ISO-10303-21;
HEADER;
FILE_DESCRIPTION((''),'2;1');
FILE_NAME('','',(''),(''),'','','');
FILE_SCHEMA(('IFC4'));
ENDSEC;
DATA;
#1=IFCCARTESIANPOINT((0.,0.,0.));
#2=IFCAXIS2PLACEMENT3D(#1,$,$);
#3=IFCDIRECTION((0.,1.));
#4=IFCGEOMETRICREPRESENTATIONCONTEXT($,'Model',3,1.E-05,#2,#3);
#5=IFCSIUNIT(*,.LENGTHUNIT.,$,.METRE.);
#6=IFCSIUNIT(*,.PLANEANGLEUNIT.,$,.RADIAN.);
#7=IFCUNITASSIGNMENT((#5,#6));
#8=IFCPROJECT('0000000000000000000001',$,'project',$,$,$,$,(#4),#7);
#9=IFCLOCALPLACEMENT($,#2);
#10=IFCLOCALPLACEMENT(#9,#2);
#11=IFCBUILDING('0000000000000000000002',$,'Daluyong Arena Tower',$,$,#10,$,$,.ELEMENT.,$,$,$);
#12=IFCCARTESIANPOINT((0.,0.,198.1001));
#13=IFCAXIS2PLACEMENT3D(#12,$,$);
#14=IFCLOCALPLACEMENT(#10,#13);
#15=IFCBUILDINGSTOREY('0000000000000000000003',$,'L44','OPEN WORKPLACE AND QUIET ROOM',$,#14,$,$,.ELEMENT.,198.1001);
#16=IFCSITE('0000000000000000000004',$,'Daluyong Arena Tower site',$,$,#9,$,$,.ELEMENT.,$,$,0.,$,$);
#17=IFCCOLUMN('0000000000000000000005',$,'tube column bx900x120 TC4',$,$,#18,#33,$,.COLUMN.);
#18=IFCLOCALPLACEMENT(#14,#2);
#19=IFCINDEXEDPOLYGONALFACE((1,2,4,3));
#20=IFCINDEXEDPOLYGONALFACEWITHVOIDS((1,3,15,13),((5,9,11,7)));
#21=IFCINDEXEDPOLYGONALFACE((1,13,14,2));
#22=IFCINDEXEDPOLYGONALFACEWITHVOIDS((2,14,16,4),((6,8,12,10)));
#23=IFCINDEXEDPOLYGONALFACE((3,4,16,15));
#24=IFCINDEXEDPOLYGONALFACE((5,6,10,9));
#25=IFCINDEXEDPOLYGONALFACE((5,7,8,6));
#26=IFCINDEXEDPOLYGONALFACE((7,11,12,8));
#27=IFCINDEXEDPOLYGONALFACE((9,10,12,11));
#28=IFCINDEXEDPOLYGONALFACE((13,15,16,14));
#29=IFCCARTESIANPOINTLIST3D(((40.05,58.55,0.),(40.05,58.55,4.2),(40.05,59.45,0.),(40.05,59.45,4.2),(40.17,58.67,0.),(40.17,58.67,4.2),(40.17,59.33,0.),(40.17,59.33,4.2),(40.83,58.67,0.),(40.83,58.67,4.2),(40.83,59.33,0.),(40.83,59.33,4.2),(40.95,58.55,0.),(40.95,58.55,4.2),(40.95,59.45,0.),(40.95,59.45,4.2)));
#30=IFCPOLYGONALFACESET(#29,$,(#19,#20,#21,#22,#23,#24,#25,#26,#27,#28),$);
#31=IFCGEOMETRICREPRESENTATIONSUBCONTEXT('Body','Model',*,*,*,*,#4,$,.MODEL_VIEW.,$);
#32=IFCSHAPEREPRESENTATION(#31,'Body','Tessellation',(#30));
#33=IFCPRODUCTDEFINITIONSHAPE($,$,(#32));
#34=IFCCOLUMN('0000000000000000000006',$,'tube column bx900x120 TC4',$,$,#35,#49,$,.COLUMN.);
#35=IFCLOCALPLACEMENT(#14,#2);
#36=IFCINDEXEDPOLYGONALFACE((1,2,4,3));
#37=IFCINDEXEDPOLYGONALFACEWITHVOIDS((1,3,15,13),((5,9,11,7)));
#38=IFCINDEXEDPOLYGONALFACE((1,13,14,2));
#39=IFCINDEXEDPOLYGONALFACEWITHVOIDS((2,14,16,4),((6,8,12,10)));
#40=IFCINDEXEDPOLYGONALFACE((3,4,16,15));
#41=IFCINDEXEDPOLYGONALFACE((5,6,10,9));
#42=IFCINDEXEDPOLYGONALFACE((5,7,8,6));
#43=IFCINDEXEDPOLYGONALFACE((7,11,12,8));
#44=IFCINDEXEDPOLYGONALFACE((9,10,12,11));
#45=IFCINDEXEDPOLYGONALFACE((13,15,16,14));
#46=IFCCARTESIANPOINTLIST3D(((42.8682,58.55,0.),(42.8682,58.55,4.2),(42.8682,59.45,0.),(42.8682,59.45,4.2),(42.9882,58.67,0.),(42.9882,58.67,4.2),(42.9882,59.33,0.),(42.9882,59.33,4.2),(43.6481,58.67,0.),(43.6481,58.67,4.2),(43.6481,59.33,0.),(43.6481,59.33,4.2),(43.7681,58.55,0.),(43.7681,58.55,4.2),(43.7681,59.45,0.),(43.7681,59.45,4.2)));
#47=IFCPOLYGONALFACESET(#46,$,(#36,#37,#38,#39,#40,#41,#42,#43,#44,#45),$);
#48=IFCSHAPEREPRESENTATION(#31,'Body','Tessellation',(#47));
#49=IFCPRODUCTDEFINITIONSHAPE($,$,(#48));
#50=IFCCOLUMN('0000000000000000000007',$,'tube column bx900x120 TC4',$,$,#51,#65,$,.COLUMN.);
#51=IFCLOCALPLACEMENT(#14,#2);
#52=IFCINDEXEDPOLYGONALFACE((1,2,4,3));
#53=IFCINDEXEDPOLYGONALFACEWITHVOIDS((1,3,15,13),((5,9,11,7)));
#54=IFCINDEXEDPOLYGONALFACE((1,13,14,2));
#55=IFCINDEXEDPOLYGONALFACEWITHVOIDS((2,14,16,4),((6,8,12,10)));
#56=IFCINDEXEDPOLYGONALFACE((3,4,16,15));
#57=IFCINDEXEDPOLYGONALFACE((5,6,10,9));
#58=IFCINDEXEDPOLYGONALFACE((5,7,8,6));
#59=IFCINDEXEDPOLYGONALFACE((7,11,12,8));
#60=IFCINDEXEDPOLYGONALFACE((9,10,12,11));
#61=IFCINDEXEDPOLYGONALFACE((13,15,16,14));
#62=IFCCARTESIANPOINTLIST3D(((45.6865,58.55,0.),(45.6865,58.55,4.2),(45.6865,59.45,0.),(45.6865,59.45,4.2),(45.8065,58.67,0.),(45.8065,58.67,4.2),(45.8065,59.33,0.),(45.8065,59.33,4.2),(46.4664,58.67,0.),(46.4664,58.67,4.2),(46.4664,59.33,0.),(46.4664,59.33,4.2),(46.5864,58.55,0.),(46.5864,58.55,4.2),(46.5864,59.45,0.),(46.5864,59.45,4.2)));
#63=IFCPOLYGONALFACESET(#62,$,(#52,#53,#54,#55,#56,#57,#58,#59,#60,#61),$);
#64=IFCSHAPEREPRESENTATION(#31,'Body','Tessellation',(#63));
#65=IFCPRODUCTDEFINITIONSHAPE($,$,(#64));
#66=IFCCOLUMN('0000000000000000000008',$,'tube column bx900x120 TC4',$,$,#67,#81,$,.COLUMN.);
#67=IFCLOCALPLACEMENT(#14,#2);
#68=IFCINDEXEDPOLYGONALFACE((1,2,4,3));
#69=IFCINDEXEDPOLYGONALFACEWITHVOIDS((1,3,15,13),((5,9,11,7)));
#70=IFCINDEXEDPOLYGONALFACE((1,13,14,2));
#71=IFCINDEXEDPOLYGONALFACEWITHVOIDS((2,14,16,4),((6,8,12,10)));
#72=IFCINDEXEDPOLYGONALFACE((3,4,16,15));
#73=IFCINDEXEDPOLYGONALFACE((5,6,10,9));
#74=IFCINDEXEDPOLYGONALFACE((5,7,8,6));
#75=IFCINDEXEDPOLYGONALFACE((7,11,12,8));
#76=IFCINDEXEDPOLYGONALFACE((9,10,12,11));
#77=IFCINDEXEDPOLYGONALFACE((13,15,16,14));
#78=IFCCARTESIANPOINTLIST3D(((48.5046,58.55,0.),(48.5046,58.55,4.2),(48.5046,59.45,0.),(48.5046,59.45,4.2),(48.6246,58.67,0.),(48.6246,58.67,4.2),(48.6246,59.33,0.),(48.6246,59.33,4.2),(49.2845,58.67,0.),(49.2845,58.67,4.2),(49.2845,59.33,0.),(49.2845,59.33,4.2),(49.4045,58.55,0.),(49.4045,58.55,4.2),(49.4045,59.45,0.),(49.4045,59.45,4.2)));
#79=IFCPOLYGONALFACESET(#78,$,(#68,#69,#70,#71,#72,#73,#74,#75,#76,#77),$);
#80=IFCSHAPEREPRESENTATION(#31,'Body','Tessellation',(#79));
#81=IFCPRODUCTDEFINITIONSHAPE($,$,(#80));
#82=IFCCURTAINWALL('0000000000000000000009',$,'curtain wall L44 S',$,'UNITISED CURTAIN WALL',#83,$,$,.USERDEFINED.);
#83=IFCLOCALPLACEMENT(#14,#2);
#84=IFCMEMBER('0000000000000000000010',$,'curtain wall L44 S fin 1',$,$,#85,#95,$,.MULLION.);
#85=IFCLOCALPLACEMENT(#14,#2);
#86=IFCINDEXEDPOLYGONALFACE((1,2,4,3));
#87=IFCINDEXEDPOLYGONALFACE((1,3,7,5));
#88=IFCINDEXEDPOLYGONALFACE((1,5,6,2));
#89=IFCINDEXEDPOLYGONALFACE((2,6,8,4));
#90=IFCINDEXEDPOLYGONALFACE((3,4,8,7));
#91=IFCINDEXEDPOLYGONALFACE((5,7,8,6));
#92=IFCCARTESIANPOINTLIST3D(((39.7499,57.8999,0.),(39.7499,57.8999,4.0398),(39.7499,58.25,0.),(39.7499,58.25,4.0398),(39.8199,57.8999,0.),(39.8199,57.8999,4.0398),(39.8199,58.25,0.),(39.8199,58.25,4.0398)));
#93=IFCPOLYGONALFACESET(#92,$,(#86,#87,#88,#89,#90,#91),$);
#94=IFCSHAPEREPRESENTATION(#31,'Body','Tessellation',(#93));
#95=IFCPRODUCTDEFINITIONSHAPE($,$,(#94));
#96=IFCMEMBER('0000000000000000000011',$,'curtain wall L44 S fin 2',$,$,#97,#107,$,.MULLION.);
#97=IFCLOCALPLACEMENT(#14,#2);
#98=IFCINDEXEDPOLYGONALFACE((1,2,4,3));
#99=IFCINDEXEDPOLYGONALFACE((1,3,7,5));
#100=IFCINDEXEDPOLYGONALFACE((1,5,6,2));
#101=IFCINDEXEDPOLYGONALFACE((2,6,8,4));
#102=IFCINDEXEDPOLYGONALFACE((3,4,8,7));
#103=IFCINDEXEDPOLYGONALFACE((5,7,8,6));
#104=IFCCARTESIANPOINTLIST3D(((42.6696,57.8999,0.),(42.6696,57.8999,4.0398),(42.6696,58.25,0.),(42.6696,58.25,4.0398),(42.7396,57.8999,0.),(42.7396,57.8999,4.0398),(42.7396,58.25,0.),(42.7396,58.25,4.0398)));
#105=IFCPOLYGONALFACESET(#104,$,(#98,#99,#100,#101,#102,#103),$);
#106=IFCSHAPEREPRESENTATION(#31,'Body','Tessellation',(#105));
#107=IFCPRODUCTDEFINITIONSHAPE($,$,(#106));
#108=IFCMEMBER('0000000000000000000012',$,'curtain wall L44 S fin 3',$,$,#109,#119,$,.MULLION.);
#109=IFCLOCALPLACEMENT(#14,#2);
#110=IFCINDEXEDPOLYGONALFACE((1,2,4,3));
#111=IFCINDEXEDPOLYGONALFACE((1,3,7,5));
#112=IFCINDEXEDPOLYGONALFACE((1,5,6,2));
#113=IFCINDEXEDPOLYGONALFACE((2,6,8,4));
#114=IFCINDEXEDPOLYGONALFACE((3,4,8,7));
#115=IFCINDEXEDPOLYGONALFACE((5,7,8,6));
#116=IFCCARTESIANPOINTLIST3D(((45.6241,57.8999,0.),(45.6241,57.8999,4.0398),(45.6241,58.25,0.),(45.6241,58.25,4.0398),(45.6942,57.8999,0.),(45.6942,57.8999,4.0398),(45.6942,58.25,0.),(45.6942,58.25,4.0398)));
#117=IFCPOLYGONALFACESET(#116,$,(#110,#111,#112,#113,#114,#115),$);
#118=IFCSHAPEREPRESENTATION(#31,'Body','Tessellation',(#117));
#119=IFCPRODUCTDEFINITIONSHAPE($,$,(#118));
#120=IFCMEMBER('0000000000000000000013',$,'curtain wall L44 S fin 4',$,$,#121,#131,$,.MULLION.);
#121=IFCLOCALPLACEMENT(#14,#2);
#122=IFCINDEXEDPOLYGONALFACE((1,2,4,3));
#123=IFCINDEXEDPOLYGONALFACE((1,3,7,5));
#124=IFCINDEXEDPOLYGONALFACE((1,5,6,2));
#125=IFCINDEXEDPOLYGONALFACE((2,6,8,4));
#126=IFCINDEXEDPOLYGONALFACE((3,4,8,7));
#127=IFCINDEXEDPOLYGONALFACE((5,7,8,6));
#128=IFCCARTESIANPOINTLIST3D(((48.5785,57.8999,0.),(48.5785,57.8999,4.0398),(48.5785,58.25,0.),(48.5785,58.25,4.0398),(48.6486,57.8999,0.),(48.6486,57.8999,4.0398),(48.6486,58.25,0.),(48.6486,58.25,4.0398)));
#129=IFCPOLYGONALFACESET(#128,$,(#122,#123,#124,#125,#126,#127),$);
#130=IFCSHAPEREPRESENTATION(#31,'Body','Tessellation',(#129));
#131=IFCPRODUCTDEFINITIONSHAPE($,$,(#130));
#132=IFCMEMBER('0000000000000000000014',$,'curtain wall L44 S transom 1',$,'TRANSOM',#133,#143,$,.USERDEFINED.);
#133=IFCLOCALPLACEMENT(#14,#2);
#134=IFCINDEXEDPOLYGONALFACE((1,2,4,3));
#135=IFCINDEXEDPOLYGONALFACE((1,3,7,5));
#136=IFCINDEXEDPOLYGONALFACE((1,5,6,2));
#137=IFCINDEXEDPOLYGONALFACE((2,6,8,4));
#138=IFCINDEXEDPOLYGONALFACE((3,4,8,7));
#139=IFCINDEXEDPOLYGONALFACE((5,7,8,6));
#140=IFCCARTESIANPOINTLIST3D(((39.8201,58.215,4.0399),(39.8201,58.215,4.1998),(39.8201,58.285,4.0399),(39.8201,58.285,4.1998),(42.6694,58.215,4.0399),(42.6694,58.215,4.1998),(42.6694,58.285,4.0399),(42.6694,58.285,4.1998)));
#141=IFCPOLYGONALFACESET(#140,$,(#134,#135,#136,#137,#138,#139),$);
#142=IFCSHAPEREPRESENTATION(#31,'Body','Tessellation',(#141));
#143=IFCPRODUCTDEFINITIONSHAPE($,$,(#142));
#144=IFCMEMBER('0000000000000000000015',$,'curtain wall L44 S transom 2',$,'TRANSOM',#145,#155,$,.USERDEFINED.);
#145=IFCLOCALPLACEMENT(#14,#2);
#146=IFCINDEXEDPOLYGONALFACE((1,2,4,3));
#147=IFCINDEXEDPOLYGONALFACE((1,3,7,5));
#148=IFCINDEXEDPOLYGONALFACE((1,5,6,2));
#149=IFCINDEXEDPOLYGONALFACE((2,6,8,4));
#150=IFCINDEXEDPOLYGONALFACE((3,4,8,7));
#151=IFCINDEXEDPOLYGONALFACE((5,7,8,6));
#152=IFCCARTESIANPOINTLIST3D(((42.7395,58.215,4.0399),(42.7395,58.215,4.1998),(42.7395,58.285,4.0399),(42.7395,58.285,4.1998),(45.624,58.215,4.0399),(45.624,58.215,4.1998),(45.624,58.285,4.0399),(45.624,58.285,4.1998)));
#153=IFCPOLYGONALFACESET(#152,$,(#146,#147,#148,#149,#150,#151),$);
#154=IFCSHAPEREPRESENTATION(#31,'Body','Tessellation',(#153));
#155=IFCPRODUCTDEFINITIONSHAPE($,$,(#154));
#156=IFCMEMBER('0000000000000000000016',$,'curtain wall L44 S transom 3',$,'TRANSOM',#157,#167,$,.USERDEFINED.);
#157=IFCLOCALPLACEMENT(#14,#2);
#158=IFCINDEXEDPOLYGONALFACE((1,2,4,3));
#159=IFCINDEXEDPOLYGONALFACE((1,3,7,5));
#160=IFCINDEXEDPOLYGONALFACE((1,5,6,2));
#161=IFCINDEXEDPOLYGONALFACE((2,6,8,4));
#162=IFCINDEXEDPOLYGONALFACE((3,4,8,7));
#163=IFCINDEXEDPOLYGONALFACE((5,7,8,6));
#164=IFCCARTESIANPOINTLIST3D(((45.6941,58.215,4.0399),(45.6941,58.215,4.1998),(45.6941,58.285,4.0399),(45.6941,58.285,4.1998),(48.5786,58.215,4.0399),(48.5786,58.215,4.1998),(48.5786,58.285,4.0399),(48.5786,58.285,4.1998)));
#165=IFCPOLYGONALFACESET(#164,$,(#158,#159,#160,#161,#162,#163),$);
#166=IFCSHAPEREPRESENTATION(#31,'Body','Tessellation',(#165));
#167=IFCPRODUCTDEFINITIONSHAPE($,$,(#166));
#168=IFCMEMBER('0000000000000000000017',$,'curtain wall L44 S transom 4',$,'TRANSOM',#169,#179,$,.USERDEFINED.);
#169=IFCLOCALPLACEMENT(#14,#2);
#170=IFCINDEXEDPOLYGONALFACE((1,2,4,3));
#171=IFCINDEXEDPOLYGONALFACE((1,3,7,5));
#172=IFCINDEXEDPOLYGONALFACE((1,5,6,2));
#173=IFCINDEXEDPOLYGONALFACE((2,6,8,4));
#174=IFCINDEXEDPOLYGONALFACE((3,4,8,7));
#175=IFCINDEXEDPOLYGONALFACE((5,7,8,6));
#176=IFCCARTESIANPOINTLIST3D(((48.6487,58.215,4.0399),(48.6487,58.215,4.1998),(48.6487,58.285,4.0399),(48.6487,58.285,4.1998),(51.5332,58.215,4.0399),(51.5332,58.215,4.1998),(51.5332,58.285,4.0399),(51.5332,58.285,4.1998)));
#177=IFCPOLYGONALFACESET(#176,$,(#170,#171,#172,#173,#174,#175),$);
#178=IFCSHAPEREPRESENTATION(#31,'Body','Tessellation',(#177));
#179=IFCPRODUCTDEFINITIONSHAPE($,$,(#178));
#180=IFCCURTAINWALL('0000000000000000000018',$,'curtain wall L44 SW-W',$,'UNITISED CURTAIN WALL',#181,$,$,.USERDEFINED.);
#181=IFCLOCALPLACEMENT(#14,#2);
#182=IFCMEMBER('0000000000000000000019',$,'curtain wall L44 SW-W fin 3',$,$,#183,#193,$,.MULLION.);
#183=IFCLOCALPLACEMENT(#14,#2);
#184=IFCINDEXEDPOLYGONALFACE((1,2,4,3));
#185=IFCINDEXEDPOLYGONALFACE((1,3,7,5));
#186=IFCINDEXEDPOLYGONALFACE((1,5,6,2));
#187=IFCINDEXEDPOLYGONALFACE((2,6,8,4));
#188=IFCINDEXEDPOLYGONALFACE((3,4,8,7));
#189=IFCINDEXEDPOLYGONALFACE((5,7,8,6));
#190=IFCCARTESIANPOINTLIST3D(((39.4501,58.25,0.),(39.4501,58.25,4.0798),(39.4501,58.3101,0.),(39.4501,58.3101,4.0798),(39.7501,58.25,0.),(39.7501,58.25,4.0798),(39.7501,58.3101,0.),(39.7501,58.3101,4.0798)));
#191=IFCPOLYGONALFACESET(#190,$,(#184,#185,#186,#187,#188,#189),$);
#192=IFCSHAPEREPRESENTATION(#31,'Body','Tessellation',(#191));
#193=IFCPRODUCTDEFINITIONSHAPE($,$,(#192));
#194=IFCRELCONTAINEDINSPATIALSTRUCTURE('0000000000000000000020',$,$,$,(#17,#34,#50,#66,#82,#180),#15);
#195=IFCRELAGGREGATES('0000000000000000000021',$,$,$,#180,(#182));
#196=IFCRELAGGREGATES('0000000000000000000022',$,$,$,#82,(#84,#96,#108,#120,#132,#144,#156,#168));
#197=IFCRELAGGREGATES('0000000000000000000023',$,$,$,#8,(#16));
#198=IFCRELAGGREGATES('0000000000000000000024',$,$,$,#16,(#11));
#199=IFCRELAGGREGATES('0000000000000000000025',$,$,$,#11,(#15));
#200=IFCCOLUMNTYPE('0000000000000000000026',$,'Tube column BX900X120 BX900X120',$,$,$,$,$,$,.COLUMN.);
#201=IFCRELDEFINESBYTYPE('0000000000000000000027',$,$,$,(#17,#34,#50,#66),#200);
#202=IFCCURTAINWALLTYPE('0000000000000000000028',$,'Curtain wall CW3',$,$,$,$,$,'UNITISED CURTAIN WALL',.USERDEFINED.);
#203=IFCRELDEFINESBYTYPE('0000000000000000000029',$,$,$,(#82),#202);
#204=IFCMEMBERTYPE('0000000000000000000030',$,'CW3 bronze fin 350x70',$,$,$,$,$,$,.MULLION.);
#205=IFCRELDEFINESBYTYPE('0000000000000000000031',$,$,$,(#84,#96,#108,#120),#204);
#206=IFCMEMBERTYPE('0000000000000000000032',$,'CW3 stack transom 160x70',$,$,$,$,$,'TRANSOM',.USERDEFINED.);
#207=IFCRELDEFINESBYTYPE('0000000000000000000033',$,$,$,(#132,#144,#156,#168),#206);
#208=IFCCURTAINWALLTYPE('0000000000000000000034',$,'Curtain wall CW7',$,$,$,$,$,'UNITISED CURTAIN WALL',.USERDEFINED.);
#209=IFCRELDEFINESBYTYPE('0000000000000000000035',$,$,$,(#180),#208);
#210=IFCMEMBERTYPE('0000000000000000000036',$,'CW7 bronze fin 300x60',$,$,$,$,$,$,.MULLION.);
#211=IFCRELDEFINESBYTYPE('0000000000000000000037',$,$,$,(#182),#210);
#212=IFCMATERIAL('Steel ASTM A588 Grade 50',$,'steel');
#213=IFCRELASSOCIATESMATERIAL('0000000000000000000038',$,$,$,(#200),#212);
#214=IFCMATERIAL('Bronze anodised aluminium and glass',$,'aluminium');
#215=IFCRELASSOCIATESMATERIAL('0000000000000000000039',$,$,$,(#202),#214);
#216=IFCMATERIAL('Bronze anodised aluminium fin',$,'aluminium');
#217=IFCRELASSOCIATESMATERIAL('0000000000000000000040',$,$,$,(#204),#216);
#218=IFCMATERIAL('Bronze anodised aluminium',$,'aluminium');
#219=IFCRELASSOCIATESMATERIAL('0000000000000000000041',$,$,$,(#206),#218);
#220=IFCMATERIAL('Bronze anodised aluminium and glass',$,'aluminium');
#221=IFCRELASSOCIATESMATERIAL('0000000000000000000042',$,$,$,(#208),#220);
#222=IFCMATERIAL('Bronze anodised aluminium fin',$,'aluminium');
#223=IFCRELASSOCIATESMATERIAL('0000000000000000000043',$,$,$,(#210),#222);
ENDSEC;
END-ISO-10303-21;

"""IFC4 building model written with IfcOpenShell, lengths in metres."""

from ifc_helpers import new_model, si_unit, direction, frame, origin, origin_2d, place, context, subcontext, project, spatial, rectangle, hollow_rectangle, extrude, material, material_profile, profile_set, type_object, element, aggregate, save


model = new_model("IFC4")

# Units and contexts
model_context = context("Model", 3, precision=1e-05, world=origin(), true_north=direction((0.0, 1.0)))
body_context = subcontext(model_context, "Body", "Model", "MODEL_VIEW")
ifc_project = project(units=[si_unit("LENGTHUNIT", "METRE"), si_unit("PLANEANGLEUNIT", "RADIAN")], contexts=[model_context])

# Site, building, storey
site_placement = place(None, origin())
site = spatial("IfcSite", under=ifc_project, at=site_placement, Name="Daluyong Arena Tower site", CompositionType="ELEMENT", RefElevation=0.0)
building_placement = place(site_placement, origin())
building = spatial("IfcBuilding", under=site, at=building_placement, Name="Daluyong Arena Tower", CompositionType="ELEMENT")
storey_placement = place(building_placement, frame((0.0, 0.0, 198.1001)))
storey = spatial("IfcBuildingStorey", under=building, at=storey_placement, Name="L44", Description="OPEN WORKPLACE AND QUIET ROOM", CompositionType="ELEMENT", Elevation=198.1001)

# Columns
ifc_material_1 = material(Name="Steel ASTM A588 Grade 50", Category="steel")
ifc_material_profile_1 = material_profile(ifc_material_1, hollow_rectangle(XDim=0.8999, YDim=0.8999, WallThickness=0.12, at=origin_2d()))
ifc_profile_set_1 = profile_set([ifc_material_profile_1], Name="Steel ASTM A588 Grade 50")
column_type = type_object("IfcColumnType", Name="Tube column BX900X120 BX900X120", PredefinedType="COLUMN", material=ifc_profile_set_1)
for number, where, z_axis, x_axis, name in (
    (1, (40.5, 59.0, 0.0), (0.0, 0.0, 1.0), (1.0, 0.0, 0.0), "tube column bx900x120 TC4"),
    (2, (43.3181, 59.0, 0.0), (0.0, 0.0, 1.0), (1.0, 0.0, 0.0), "tube column bx900x120 TC4"),
    (3, (46.1365, 59.0, 0.0), (0.0, 0.0, 1.0), (1.0, 0.0, 0.0), "tube column bx900x120 TC4"),
    (4, (48.9546, 59.0, 0.0), (0.0, 0.0, 1.0), (1.0, 0.0, 0.0), "tube column bx900x120 TC4"),
):
    element("IfcColumn", number, at=place(storey_placement, frame(where, z_axis=z_axis, x_axis=x_axis)), inside=storey, type_object=column_type, Name=name, PredefinedType="COLUMN", context=body_context, shape_type="SweptSolid", body=[
        extrude(hollow_rectangle(XDim=0.8999, YDim=0.8999, WallThickness=0.12, at=origin_2d()), origin(), (0.0, 0.0, 1.0), 4.2),
    ])

# Curtain wall, members
ifc_material_2 = material(Name="Bronze anodised aluminium and glass", Category="aluminium")
curtain_wall_type_1 = type_object("IfcCurtainWallType", Name="Curtain wall CW3", ElementType="UNITISED CURTAIN WALL", PredefinedType="USERDEFINED", material=ifc_material_2)
curtain_wall_1_placement = place(storey_placement, origin())
curtain_wall_1 = element("IfcCurtainWall", 5, at=curtain_wall_1_placement, inside=storey, type_object=curtain_wall_type_1, Name="curtain wall L44 S", ObjectType="UNITISED CURTAIN WALL", PredefinedType="USERDEFINED")
ifc_material_3 = material(Name="Bronze anodised aluminium fin", Category="aluminium")
ifc_material_profile_2 = material_profile(ifc_material_3, rectangle(XDim=0.3501, YDim=0.0701, at=origin_2d()))
ifc_profile_set_2 = profile_set([ifc_material_profile_2], Name="Bronze anodised aluminium fin")
member_type_1 = type_object("IfcMemberType", Name="CW3 bronze fin 350x70", PredefinedType="MULLION", material=ifc_profile_set_2)
member_1_placement = place(storey_placement, frame((39.7849, 58.075, 0.0), z_axis=(0.0, 0.0, 1.0), x_axis=(0.0, 1.0, 0.0)))
member_1 = element("IfcMember", 6, at=member_1_placement, type_object=member_type_1, Name="curtain wall L44 S fin 1", PredefinedType="MULLION", context=body_context, shape_type="SweptSolid", body=[
    extrude(rectangle(XDim=0.3501, YDim=0.0701, at=origin_2d()), origin(), (0.0, 0.0, 1.0), 4.0398),
])
member_2_placement = place(storey_placement, frame((42.7046, 58.075, 0.0), z_axis=(0.0, 0.0, 1.0), x_axis=(0.0, 1.0, 0.0)))
member_2 = element("IfcMember", 7, at=member_2_placement, type_object=member_type_1, Name="curtain wall L44 S fin 2", PredefinedType="MULLION", context=body_context, shape_type="SweptSolid", body=[
    extrude(rectangle(XDim=0.3501, YDim=0.0701, at=origin_2d()), origin(), (0.0, 0.0, 1.0), 4.0398),
])
member_3_placement = place(storey_placement, frame((45.6592, 58.075, 0.0), z_axis=(0.0, 0.0, 1.0), x_axis=(0.0, 1.0, 0.0)))
member_3 = element("IfcMember", 8, at=member_3_placement, type_object=member_type_1, Name="curtain wall L44 S fin 3", PredefinedType="MULLION", context=body_context, shape_type="SweptSolid", body=[
    extrude(rectangle(XDim=0.3501, YDim=0.0701, at=origin_2d()), origin(), (0.0, 0.0, 1.0), 4.0398),
])
member_4_placement = place(storey_placement, frame((48.6135, 58.075, 0.0), z_axis=(0.0, 0.0, 1.0), x_axis=(0.0, 1.0, 0.0)))
member_4 = element("IfcMember", 9, at=member_4_placement, type_object=member_type_1, Name="curtain wall L44 S fin 4", PredefinedType="MULLION", context=body_context, shape_type="SweptSolid", body=[
    extrude(rectangle(XDim=0.3501, YDim=0.0701, at=origin_2d()), origin(), (0.0, 0.0, 1.0), 4.0398),
])
ifc_material_4 = material(Name="Bronze anodised aluminium", Category="aluminium")
ifc_material_profile_3 = material_profile(ifc_material_4, rectangle(XDim=0.0701, YDim=0.1599, at=origin_2d()))
ifc_profile_set_3 = profile_set([ifc_material_profile_3], Name="Bronze anodised aluminium")
member_type_2 = type_object("IfcMemberType", Name="CW3 stack transom 160x70", ElementType="TRANSOM", PredefinedType="USERDEFINED", material=ifc_profile_set_3)
member_5_placement = place(storey_placement, frame((39.8201, 58.25, 4.1199), z_axis=(1.0, 0.0, 0.0), x_axis=(0.0, 1.0, 0.0)))
member_5 = element("IfcMember", 10, at=member_5_placement, type_object=member_type_2, Name="curtain wall L44 S transom 1", ObjectType="TRANSOM", PredefinedType="USERDEFINED", context=body_context, shape_type="SweptSolid", body=[
    extrude(rectangle(XDim=0.0701, YDim=0.1599, at=origin_2d()), origin(), (0.0, 0.0, 1.0), 2.8494),
])
member_6_placement = place(storey_placement, frame((42.7395, 58.25, 4.1199), z_axis=(1.0, 0.0, 0.0), x_axis=(0.0, 1.0, 0.0)))
member_6 = element("IfcMember", 11, at=member_6_placement, type_object=member_type_2, Name="curtain wall L44 S transom 2", ObjectType="TRANSOM", PredefinedType="USERDEFINED", context=body_context, shape_type="SweptSolid", body=[
    extrude(rectangle(XDim=0.0701, YDim=0.1599, at=origin_2d()), origin(), (0.0, 0.0, 1.0), 2.8845),
])
member_7_placement = place(storey_placement, frame((45.6941, 58.25, 4.1199), z_axis=(1.0, 0.0, 0.0), x_axis=(0.0, 1.0, 0.0)))
member_7 = element("IfcMember", 12, at=member_7_placement, type_object=member_type_2, Name="curtain wall L44 S transom 3", ObjectType="TRANSOM", PredefinedType="USERDEFINED", context=body_context, shape_type="SweptSolid", body=[
    extrude(rectangle(XDim=0.0701, YDim=0.1599, at=origin_2d()), origin(), (0.0, 0.0, 1.0), 2.8845),
])
member_8_placement = place(storey_placement, frame((48.6487, 58.25, 4.1199), z_axis=(1.0, 0.0, 0.0), x_axis=(0.0, 1.0, 0.0)))
member_8 = element("IfcMember", 13, at=member_8_placement, type_object=member_type_2, Name="curtain wall L44 S transom 4", ObjectType="TRANSOM", PredefinedType="USERDEFINED", context=body_context, shape_type="SweptSolid", body=[
    extrude(rectangle(XDim=0.0701, YDim=0.1599, at=origin_2d()), origin(), (0.0, 0.0, 1.0), 2.8845),
])

# Curtain wall, member
ifc_material_5 = material(Name="Bronze anodised aluminium and glass", Category="aluminium")
curtain_wall_type_2 = type_object("IfcCurtainWallType", Name="Curtain wall CW7", ElementType="UNITISED CURTAIN WALL", PredefinedType="USERDEFINED", material=ifc_material_5)
curtain_wall_2_placement = place(storey_placement, origin())
curtain_wall_2 = element("IfcCurtainWall", 14, at=curtain_wall_2_placement, inside=storey, type_object=curtain_wall_type_2, Name="curtain wall L44 SW-W", ObjectType="UNITISED CURTAIN WALL", PredefinedType="USERDEFINED")
ifc_material_6 = material(Name="Bronze anodised aluminium fin", Category="aluminium")
ifc_material_profile_4 = material_profile(ifc_material_6, rectangle(XDim=0.3, YDim=0.0601, at=origin_2d()))
ifc_profile_set_4 = profile_set([ifc_material_profile_4], Name="Bronze anodised aluminium fin")
member_type_3 = type_object("IfcMemberType", Name="CW7 bronze fin 300x60", PredefinedType="MULLION", material=ifc_profile_set_4)
member_9_placement = place(storey_placement, frame((39.6001, 58.28, 0.0), z_axis=(0.0, 0.0, 1.0), x_axis=(1.0, 0.0, 0.0)))
member_9 = element("IfcMember", 15, at=member_9_placement, type_object=member_type_3, Name="curtain wall L44 SW-W fin 3", PredefinedType="MULLION", context=body_context, shape_type="SweptSolid", body=[
    extrude(rectangle(XDim=0.3, YDim=0.0601, at=origin_2d()), origin(), (0.0, 0.0, 1.0), 4.0798),
])
aggregate(curtain_wall_2, [member_9])

aggregate(curtain_wall_1, [member_1, member_2, member_3, member_4, member_5, member_6, member_7, member_8])

save(model, "model.ifc")
